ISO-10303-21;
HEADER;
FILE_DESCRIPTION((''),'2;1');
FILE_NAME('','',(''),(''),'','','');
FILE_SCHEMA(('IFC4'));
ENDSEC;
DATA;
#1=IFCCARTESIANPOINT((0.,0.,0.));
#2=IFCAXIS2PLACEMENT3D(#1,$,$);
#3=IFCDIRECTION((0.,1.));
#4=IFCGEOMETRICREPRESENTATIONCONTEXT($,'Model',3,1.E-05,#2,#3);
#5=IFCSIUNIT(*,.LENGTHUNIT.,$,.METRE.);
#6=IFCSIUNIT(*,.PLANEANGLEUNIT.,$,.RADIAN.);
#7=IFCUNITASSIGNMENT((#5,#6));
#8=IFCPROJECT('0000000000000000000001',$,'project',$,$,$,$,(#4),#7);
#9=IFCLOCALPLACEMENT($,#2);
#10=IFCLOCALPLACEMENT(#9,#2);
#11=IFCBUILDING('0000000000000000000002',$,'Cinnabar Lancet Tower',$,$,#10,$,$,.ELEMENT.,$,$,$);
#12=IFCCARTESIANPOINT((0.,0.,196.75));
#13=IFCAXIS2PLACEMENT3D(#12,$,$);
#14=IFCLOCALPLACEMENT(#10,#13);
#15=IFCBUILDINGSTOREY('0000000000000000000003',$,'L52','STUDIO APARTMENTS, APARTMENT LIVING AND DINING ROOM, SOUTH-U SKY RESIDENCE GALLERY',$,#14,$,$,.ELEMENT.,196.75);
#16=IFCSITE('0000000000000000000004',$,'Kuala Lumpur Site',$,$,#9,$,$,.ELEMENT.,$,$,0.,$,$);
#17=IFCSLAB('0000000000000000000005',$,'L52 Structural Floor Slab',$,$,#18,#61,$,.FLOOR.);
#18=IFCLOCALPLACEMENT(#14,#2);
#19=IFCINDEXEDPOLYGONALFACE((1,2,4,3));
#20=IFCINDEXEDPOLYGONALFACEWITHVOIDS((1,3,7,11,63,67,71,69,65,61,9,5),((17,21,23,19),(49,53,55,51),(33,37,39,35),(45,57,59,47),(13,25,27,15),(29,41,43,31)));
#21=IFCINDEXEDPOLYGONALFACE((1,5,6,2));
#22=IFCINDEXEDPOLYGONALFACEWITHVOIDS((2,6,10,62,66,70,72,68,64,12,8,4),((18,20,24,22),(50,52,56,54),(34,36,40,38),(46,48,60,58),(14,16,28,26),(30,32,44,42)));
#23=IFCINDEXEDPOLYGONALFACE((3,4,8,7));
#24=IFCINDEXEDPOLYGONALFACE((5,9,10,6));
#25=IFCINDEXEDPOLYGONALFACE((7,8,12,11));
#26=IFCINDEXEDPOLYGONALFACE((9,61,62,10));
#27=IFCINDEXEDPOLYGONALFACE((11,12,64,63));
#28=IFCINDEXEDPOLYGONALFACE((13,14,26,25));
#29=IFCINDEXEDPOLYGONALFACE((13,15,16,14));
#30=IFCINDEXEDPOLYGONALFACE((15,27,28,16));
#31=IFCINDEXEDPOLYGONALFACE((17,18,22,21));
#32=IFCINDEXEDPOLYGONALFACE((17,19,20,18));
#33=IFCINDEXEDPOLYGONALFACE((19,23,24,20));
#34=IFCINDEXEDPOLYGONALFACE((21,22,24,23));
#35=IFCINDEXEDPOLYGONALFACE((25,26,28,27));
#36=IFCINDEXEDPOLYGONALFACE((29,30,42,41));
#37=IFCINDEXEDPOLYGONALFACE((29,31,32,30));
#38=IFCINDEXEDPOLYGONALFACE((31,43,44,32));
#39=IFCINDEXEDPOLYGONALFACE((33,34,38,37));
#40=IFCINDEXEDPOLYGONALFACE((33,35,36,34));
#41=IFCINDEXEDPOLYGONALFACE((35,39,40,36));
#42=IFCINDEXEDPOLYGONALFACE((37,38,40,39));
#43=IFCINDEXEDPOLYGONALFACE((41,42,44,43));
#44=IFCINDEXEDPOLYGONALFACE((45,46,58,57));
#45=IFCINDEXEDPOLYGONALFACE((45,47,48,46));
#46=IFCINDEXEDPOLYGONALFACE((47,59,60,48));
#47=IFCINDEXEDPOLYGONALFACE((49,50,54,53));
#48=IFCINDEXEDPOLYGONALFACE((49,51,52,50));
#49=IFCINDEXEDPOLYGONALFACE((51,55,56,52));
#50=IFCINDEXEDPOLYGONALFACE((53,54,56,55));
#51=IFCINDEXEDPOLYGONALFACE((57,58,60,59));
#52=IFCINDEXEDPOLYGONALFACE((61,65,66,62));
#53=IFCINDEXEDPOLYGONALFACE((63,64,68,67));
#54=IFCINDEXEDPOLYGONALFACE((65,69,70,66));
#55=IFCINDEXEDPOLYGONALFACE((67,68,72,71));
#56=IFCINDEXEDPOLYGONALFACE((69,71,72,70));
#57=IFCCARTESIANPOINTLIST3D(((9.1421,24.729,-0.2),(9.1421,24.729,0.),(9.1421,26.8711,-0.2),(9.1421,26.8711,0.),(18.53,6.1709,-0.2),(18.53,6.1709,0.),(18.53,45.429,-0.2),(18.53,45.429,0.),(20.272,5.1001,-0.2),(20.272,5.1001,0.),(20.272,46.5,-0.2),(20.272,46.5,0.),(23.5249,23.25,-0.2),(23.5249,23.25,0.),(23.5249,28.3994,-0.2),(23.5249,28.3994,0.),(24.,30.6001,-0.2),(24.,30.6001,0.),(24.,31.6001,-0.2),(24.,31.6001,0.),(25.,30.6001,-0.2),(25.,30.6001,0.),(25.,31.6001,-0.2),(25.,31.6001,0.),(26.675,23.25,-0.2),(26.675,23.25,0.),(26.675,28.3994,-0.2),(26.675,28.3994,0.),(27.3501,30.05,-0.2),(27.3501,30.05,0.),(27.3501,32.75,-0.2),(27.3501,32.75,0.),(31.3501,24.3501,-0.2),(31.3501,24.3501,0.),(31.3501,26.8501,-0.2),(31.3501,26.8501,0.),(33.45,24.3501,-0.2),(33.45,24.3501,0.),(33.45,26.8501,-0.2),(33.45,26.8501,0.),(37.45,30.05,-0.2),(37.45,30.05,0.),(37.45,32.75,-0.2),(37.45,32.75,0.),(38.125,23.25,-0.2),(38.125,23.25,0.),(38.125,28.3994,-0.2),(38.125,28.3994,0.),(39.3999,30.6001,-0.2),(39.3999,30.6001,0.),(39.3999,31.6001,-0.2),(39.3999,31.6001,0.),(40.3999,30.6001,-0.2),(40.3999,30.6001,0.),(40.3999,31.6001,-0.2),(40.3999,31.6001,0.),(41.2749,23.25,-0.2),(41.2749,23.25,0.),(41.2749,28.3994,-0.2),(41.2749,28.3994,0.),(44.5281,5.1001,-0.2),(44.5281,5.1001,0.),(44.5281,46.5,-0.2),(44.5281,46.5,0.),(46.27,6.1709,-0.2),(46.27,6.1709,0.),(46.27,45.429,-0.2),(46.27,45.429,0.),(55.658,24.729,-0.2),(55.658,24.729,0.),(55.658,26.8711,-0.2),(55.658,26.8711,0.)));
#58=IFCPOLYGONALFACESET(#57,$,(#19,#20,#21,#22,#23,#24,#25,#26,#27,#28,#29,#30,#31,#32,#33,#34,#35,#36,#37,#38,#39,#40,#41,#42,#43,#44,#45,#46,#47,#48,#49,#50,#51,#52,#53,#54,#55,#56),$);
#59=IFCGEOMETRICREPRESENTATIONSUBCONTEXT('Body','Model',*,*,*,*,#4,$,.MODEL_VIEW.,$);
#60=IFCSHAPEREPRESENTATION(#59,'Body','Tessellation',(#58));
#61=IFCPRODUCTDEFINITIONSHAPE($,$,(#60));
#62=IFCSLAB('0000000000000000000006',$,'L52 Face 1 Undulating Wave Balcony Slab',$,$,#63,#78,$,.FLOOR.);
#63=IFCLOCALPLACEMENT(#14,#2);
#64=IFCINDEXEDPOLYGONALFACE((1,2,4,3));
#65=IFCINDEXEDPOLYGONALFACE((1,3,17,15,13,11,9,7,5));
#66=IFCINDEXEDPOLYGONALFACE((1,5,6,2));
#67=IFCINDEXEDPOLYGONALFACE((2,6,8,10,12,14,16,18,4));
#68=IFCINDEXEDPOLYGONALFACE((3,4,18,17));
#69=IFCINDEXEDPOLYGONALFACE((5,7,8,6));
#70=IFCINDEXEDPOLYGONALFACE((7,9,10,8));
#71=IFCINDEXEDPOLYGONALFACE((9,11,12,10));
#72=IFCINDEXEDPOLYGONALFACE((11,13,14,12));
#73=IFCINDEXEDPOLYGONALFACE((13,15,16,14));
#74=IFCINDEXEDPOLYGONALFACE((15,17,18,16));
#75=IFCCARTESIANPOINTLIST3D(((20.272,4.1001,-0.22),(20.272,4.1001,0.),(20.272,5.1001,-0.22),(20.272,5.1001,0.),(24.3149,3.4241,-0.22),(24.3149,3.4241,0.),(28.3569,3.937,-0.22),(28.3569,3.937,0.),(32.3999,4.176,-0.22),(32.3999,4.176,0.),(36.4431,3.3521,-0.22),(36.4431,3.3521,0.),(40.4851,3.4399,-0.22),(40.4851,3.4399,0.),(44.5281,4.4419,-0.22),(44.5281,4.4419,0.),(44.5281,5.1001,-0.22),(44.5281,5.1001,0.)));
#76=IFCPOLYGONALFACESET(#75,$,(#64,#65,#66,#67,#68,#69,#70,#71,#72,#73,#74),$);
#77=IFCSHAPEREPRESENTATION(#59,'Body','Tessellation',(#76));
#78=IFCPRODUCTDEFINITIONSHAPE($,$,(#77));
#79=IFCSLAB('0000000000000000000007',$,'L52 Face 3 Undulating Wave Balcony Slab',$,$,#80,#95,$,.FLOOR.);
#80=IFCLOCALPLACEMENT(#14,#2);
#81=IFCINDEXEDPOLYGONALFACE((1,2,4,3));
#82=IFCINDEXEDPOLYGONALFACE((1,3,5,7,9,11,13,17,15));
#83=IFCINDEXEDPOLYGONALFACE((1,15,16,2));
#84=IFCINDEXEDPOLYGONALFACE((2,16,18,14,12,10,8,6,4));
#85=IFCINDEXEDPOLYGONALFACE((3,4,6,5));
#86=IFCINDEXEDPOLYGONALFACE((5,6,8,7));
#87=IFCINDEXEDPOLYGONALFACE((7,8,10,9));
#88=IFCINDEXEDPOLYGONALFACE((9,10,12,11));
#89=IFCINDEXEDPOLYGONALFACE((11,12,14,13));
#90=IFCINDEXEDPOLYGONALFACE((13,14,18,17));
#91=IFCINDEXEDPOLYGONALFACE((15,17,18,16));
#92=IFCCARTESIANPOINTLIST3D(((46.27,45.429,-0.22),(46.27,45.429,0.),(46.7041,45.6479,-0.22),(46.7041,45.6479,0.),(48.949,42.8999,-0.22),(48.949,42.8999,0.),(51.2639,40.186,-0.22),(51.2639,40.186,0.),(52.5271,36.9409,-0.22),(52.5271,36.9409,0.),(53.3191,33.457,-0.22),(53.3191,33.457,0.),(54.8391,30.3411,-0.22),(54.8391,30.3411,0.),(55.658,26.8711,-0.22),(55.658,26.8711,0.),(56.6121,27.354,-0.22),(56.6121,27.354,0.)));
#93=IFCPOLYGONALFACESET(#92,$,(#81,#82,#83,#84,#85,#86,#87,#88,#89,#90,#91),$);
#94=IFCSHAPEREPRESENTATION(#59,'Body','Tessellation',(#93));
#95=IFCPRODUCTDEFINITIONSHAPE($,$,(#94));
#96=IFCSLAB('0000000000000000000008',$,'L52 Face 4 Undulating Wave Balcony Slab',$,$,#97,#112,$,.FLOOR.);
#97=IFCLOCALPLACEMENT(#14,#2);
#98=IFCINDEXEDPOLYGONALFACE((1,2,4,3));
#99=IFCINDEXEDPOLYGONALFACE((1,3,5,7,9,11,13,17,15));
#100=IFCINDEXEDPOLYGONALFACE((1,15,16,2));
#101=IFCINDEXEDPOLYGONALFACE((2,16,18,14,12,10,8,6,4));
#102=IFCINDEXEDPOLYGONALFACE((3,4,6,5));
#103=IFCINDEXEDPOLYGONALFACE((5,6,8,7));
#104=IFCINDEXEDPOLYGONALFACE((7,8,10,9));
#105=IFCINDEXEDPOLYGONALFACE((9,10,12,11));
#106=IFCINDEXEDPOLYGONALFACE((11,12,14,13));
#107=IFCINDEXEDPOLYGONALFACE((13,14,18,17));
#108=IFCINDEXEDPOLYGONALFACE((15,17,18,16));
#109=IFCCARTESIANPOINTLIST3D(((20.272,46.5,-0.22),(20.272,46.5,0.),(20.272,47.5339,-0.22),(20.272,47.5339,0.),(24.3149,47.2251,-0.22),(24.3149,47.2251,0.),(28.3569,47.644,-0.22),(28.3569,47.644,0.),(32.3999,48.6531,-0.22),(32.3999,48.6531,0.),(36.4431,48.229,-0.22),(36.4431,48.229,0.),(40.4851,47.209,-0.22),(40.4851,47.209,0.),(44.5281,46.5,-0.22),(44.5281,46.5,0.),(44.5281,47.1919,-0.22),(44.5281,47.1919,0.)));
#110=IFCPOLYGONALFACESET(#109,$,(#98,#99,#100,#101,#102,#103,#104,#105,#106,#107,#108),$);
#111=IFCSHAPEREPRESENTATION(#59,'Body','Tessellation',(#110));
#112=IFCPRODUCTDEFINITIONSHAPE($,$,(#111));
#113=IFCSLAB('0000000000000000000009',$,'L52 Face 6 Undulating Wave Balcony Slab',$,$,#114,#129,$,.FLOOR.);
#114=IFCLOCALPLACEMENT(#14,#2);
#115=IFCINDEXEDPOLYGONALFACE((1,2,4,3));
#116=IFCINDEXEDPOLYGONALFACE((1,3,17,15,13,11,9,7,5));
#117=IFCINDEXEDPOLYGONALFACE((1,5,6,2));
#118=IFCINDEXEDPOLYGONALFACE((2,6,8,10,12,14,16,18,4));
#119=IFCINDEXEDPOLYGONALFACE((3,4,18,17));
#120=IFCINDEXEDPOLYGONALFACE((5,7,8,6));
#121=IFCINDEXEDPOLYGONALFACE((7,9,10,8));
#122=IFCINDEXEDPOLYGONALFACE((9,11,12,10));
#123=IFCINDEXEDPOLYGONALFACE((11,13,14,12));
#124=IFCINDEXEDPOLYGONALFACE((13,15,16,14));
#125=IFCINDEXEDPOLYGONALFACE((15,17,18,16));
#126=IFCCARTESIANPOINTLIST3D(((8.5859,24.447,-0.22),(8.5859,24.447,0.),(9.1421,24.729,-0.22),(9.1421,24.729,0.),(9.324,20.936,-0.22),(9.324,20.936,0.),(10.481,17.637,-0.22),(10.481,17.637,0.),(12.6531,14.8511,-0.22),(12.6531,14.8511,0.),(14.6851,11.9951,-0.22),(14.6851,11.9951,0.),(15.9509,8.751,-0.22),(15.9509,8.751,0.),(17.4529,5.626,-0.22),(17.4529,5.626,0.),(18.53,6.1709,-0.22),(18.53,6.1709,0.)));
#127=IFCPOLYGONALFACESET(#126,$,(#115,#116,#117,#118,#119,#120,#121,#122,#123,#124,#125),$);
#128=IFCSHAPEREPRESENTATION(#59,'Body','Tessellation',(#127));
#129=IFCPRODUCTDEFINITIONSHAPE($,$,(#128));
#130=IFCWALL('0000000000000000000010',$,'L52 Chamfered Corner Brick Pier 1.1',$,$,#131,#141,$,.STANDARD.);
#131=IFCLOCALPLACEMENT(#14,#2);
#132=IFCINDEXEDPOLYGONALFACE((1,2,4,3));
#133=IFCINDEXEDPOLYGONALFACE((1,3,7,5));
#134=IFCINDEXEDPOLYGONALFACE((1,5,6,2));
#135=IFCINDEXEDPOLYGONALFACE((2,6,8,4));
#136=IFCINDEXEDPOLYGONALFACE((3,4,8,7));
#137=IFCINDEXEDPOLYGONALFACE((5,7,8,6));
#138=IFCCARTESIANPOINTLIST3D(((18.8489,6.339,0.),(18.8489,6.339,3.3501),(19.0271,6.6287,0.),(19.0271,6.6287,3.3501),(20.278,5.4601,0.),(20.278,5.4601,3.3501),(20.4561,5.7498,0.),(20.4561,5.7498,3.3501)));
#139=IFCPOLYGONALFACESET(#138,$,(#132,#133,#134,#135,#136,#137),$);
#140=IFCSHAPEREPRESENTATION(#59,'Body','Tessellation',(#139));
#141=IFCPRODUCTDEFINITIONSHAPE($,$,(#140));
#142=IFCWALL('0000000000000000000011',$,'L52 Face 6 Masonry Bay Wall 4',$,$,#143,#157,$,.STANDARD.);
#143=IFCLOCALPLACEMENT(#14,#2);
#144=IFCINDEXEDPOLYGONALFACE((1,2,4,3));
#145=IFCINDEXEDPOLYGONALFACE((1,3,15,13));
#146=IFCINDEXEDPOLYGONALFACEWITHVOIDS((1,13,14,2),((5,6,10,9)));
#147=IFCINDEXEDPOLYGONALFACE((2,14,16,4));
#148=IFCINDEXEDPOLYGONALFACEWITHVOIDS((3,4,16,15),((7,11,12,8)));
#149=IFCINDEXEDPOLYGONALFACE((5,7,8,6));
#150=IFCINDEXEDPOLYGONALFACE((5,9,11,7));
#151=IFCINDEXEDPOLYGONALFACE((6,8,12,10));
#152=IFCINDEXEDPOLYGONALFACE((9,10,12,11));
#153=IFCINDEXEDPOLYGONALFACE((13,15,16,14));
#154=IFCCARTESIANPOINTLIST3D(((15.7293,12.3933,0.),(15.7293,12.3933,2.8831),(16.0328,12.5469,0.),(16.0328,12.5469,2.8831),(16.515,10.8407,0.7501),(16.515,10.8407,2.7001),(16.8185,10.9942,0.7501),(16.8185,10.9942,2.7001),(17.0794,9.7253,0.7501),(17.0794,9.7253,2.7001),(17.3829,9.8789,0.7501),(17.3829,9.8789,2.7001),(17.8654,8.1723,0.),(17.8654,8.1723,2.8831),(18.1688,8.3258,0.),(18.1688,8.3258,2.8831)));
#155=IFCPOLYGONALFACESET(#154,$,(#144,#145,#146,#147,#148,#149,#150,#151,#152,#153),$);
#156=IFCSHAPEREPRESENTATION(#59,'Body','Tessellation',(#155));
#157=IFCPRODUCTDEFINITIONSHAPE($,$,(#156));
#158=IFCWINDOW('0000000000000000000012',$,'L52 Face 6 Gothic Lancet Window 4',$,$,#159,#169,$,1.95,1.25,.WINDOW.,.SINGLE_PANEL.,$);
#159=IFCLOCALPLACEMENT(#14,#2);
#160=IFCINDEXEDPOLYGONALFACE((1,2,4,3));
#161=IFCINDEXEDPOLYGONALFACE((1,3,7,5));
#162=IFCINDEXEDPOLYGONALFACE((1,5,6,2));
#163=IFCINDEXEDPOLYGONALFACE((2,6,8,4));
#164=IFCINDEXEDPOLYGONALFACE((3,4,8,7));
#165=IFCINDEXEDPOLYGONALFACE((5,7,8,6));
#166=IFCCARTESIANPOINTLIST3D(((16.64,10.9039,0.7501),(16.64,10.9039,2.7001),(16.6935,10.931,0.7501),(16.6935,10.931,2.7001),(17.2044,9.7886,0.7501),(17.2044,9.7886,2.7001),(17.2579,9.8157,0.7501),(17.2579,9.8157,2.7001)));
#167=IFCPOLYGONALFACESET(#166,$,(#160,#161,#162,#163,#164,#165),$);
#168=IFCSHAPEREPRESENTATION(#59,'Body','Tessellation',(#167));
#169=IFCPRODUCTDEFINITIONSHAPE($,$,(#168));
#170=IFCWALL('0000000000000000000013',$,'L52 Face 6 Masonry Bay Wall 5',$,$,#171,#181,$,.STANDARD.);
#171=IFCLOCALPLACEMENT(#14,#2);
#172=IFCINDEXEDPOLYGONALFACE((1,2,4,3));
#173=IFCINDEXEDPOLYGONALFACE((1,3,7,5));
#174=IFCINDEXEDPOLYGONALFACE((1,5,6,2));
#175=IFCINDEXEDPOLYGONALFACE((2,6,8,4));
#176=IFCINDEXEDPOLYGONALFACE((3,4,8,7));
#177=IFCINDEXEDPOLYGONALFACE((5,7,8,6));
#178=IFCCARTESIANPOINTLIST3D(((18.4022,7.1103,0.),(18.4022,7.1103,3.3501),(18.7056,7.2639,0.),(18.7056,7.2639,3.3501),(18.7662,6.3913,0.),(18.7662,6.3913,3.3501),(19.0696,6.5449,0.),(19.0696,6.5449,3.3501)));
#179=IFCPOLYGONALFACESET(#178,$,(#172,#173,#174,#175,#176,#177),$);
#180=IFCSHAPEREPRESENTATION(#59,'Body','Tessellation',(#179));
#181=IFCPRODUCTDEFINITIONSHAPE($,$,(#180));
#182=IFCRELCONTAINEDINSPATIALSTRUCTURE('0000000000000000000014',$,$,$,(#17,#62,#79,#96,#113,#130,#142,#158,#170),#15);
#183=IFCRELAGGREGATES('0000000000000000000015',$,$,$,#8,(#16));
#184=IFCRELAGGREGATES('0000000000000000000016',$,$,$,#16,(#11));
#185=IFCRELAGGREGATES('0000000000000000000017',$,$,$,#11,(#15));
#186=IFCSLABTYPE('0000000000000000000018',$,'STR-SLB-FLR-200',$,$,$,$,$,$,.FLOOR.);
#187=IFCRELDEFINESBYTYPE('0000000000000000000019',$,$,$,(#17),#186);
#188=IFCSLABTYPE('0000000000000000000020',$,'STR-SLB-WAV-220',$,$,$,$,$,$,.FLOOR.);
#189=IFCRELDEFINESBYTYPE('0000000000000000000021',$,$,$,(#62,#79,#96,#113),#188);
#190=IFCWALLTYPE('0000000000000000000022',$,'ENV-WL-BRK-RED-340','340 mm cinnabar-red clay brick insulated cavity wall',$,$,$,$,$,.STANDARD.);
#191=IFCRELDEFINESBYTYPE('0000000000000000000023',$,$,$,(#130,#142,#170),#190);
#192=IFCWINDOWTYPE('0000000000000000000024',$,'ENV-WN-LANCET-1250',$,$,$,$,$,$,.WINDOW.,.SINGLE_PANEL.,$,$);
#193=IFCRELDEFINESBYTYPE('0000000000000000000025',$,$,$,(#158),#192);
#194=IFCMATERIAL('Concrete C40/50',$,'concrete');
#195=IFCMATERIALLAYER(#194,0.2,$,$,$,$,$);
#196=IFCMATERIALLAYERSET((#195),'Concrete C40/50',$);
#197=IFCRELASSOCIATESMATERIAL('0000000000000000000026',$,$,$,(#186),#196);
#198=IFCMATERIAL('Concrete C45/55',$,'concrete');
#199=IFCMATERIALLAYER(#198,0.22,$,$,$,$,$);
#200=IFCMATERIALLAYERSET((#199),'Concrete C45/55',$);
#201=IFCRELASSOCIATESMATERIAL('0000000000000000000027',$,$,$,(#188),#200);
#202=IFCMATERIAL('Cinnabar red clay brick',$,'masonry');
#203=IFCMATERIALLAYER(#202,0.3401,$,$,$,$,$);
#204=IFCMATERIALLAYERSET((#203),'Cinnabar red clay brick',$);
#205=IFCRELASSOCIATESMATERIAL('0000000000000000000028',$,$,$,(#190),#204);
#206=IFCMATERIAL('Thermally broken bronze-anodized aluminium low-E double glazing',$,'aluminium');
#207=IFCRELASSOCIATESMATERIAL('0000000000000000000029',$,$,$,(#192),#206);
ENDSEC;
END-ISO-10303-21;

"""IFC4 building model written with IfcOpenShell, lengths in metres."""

from ifc_helpers import new_model, si_unit, direction, frame, frame_2d, origin, place, context, subcontext, project, spatial, polyline, rectangle, outline, extrude, material, layer, layer_set, type_object, element, fill, save


model = new_model("IFC4")

# Units and contexts
model_context = context("Model", 3, precision=1e-05, world=origin(), true_north=direction((0.0, 1.0)))
body_context = subcontext(model_context, "Body", "Model", "MODEL_VIEW")
ifc_project = project(units=[si_unit("LENGTHUNIT", "METRE"), si_unit("PLANEANGLEUNIT", "RADIAN")], contexts=[model_context])

# Site, building, storey
site_placement = place(None, origin())
site = spatial("IfcSite", under=ifc_project, at=site_placement, Name="Kuala Lumpur Site", CompositionType="ELEMENT", RefElevation=0.0)
building_placement = place(site_placement, origin())
building = spatial("IfcBuilding", under=site, at=building_placement, Name="Cinnabar Lancet Tower", CompositionType="ELEMENT")
storey_placement = place(building_placement, frame((0.0, 0.0, 196.75)))
storey = spatial("IfcBuildingStorey", under=building, at=storey_placement, Name="L52", Description="STUDIO APARTMENTS, APARTMENT LIVING AND DINING ROOM, SOUTH-U SKY RESIDENCE GALLERY", CompositionType="ELEMENT", Elevation=196.75)

# Slabs
ifc_material_1 = material(Name="Concrete C40/50", Category="concrete")
ifc_layer_1 = layer(ifc_material_1, 0.2)
ifc_layer_set_1 = layer_set([ifc_layer_1], Name="Concrete C40/50")
slab_type_1 = type_object("IfcSlabType", Name="STR-SLB-FLR-200", PredefinedType="FLOOR", material=ifc_layer_set_1)
slab_1_placement = place(storey_placement, frame((0.0, 0.0, -0.2)))
element("IfcSlab", 1, at=slab_1_placement, inside=storey, type_object=slab_type_1, Name="L52 Structural Floor Slab", PredefinedType="FLOOR", context=body_context, shape_type="SweptSolid", body=[
    extrude(outline(polyline([(18.53, 6.1709), (20.272, 5.1001), (44.5281, 5.1001), (46.27, 6.1709), (55.658, 24.729), (55.658, 26.8711), (46.27, 45.429), (44.5281, 46.5), (20.272, 46.5), (18.53, 45.429), (9.1421, 26.8711), (9.1421, 24.729), (18.53, 6.1709)]), holes=[polyline([(23.5249, 23.25), (26.675, 23.25), (26.675, 28.3994), (23.5249, 28.3994), (23.5249, 23.25)]), polyline([(38.125, 23.25), (41.2749, 23.25), (41.2749, 28.3994), (38.125, 28.3994), (38.125, 23.25)]), polyline([(27.3501, 30.05), (37.45, 30.05), (37.45, 32.75), (27.3501, 32.75), (27.3501, 30.05)]), polyline([(31.3501, 24.3501), (33.45, 24.3501), (33.45, 26.8501), (31.3501, 26.8501), (31.3501, 24.3501)]), polyline([(24.0, 30.6001), (25.0, 30.6001), (25.0, 31.6001), (24.0, 31.6001), (24.0, 30.6001)]), polyline([(39.3999, 30.6001), (40.3999, 30.6001), (40.3999, 31.6001), (39.3999, 31.6001), (39.3999, 30.6001)])]), origin(), (0.0, 0.0, 1.0), 0.2),
])
ifc_material_2 = material(Name="Concrete C45/55", Category="concrete")
ifc_layer_2 = layer(ifc_material_2, 0.22)
ifc_layer_set_2 = layer_set([ifc_layer_2], Name="Concrete C45/55")
slab_type_2 = type_object("IfcSlabType", Name="STR-SLB-WAV-220", PredefinedType="FLOOR", material=ifc_layer_set_2)
slab_2_placement = place(storey_placement, frame((0.0, 0.0, -0.22)))
element("IfcSlab", 2, at=slab_2_placement, inside=storey, type_object=slab_type_2, Name="L52 Face 1 Undulating Wave Balcony Slab", PredefinedType="FLOOR", context=body_context, shape_type="SweptSolid", body=[
    extrude(outline(polyline([(20.272, 5.1001), (20.272, 4.1001), (24.3149, 3.4241), (28.3569, 3.937), (32.3999, 4.176), (36.4431, 3.3521), (40.4851, 3.4399), (44.5281, 4.4419), (44.5281, 5.1001), (20.272, 5.1001)])), origin(), (0.0, 0.0, 1.0), 0.22),
])
slab_3_placement = place(storey_placement, frame((0.0, 0.0, -0.22)))
element("IfcSlab", 3, at=slab_3_placement, inside=storey, type_object=slab_type_2, Name="L52 Face 3 Undulating Wave Balcony Slab", PredefinedType="FLOOR", context=body_context, shape_type="SweptSolid", body=[
    extrude(outline(polyline([(55.658, 26.8711), (56.6121, 27.354), (54.8391, 30.3411), (53.3191, 33.457), (52.5271, 36.9409), (51.2639, 40.186), (48.949, 42.8999), (46.7041, 45.6479), (46.27, 45.429), (55.658, 26.8711)])), origin(), (0.0, 0.0, 1.0), 0.22),
])
slab_4_placement = place(storey_placement, frame((0.0, 0.0, -0.22)))
element("IfcSlab", 4, at=slab_4_placement, inside=storey, type_object=slab_type_2, Name="L52 Face 4 Undulating Wave Balcony Slab", PredefinedType="FLOOR", context=body_context, shape_type="SweptSolid", body=[
    extrude(outline(polyline([(44.5281, 46.5), (44.5281, 47.1919), (40.4851, 47.209), (36.4431, 48.229), (32.3999, 48.6531), (28.3569, 47.644), (24.3149, 47.2251), (20.272, 47.5339), (20.272, 46.5), (44.5281, 46.5)])), origin(), (0.0, 0.0, 1.0), 0.22),
])
slab_5_placement = place(storey_placement, frame((0.0, 0.0, -0.22)))
element("IfcSlab", 5, at=slab_5_placement, inside=storey, type_object=slab_type_2, Name="L52 Face 6 Undulating Wave Balcony Slab", PredefinedType="FLOOR", context=body_context, shape_type="SweptSolid", body=[
    extrude(outline(polyline([(9.1421, 24.729), (8.5859, 24.447), (9.324, 20.936), (10.481, 17.637), (12.6531, 14.8511), (14.6851, 11.9951), (15.9509, 8.751), (17.4529, 5.626), (18.53, 6.1709), (9.1421, 24.729)])), origin(), (0.0, 0.0, 1.0), 0.22),
])

# Wall
ifc_material_3 = material(Name="Cinnabar red clay brick", Category="masonry")
ifc_layer_3 = layer(ifc_material_3, 0.3401)
ifc_layer_set_3 = layer_set([ifc_layer_3], Name="Cinnabar red clay brick")
wall_type = type_object("IfcWallType", Name="ENV-WL-BRK-RED-340", Description="340 mm cinnabar-red clay brick insulated cavity wall", PredefinedType="STANDARD", material=ifc_layer_set_3)
wall_1_placement = place(storey_placement, frame((18.938, 6.4839, 0.0), z_axis=(0.0, 0.0, 1.0), x_axis=(0.851778, -0.523903, 0.0)))
element("IfcWall", 6, at=wall_1_placement, inside=storey, type_object=wall_type, Name="L52 Chamfered Corner Brick Pier 1.1", PredefinedType="STANDARD", context=body_context, shape_type="SweptSolid", body=[
    extrude(rectangle(XDim=1.6777, YDim=0.3401, at=frame_2d((0.8389, 0.0))), origin(), (0.0, 0.0, 1.0), 3.3501),
])

# Wall, opening, window
wall_2_placement = place(storey_placement, frame((15.8811, 12.47, 0.0), z_axis=(0.0, 0.0, 1.0), x_axis=(0.451523, -0.89226, 0.0)))
wall_2 = element("IfcWall", 7, at=wall_2_placement, inside=storey, type_object=wall_type, Name="L52 Face 6 Masonry Bay Wall 4", PredefinedType="STANDARD", context=body_context, shape_type="SweptSolid", body=[
    extrude(rectangle(XDim=4.7307, YDim=0.3401, at=frame_2d((2.3652, 0.0))), origin(), (0.0, 0.0, 1.0), 2.8831),
])
opening_placement = place(wall_2_placement, frame((1.74, 0.0, 0.75)))
opening = element("IfcOpeningElement", 8, at=opening_placement, cuts=wall_2, PredefinedType="OPENING", context=body_context, shape_type="SweptSolid", body=[
    extrude(rectangle(XDim=1.25, YDim=1.95, at=frame_2d((0.625, 0.9751))), frame((0.0, 0.1799, 0.0), z_axis=(0.0, -1.0, 0.0), x_axis=(1.0, 0.0, 0.0)), (0.0, 0.0, 1.0), 0.3601),
])
ifc_material_4 = material(Name="Thermally broken bronze-anodized aluminium low-E double glazing", Category="aluminium")
window_type = type_object("IfcWindowType", Name="ENV-WN-LANCET-1250", PartitioningType="SINGLE_PANEL", PredefinedType="WINDOW", material=ifc_material_4)
window_placement = place(opening_placement, origin())
window = element("IfcWindow", 9, at=window_placement, inside=storey, type_object=window_type, Name="L52 Face 6 Gothic Lancet Window 4", OverallHeight=1.95, OverallWidth=1.25, PartitioningType="SINGLE_PANEL", PredefinedType="WINDOW", context=body_context, shape_type="SweptSolid", body=[
    extrude(rectangle(XDim=1.25, YDim=1.95, at=frame_2d((0.625, 0.9751))), frame((0.0, 0.03, 0.0), z_axis=(0.0, -1.0, 0.0), x_axis=(1.0, 0.0, 0.0)), (0.0, 0.0, 1.0), 0.0601),
])
fill(opening, window)

# Wall
wall_3_placement = place(storey_placement, frame((18.554, 7.187, 0.0), z_axis=(0.0, 0.0, 1.0), x_axis=(0.451692, -0.892174, 0.0)))
element("IfcWall", 10, at=wall_3_placement, inside=storey, type_object=wall_type, Name="L52 Face 6 Masonry Bay Wall 5", PredefinedType="STANDARD", context=body_context, shape_type="SweptSolid", body=[
    extrude(rectangle(XDim=0.8059, YDim=0.3401, at=frame_2d((0.4028, 0.0))), origin(), (0.0, 0.0, 1.0), 3.3501),
])

save(model, "model.ifc")
